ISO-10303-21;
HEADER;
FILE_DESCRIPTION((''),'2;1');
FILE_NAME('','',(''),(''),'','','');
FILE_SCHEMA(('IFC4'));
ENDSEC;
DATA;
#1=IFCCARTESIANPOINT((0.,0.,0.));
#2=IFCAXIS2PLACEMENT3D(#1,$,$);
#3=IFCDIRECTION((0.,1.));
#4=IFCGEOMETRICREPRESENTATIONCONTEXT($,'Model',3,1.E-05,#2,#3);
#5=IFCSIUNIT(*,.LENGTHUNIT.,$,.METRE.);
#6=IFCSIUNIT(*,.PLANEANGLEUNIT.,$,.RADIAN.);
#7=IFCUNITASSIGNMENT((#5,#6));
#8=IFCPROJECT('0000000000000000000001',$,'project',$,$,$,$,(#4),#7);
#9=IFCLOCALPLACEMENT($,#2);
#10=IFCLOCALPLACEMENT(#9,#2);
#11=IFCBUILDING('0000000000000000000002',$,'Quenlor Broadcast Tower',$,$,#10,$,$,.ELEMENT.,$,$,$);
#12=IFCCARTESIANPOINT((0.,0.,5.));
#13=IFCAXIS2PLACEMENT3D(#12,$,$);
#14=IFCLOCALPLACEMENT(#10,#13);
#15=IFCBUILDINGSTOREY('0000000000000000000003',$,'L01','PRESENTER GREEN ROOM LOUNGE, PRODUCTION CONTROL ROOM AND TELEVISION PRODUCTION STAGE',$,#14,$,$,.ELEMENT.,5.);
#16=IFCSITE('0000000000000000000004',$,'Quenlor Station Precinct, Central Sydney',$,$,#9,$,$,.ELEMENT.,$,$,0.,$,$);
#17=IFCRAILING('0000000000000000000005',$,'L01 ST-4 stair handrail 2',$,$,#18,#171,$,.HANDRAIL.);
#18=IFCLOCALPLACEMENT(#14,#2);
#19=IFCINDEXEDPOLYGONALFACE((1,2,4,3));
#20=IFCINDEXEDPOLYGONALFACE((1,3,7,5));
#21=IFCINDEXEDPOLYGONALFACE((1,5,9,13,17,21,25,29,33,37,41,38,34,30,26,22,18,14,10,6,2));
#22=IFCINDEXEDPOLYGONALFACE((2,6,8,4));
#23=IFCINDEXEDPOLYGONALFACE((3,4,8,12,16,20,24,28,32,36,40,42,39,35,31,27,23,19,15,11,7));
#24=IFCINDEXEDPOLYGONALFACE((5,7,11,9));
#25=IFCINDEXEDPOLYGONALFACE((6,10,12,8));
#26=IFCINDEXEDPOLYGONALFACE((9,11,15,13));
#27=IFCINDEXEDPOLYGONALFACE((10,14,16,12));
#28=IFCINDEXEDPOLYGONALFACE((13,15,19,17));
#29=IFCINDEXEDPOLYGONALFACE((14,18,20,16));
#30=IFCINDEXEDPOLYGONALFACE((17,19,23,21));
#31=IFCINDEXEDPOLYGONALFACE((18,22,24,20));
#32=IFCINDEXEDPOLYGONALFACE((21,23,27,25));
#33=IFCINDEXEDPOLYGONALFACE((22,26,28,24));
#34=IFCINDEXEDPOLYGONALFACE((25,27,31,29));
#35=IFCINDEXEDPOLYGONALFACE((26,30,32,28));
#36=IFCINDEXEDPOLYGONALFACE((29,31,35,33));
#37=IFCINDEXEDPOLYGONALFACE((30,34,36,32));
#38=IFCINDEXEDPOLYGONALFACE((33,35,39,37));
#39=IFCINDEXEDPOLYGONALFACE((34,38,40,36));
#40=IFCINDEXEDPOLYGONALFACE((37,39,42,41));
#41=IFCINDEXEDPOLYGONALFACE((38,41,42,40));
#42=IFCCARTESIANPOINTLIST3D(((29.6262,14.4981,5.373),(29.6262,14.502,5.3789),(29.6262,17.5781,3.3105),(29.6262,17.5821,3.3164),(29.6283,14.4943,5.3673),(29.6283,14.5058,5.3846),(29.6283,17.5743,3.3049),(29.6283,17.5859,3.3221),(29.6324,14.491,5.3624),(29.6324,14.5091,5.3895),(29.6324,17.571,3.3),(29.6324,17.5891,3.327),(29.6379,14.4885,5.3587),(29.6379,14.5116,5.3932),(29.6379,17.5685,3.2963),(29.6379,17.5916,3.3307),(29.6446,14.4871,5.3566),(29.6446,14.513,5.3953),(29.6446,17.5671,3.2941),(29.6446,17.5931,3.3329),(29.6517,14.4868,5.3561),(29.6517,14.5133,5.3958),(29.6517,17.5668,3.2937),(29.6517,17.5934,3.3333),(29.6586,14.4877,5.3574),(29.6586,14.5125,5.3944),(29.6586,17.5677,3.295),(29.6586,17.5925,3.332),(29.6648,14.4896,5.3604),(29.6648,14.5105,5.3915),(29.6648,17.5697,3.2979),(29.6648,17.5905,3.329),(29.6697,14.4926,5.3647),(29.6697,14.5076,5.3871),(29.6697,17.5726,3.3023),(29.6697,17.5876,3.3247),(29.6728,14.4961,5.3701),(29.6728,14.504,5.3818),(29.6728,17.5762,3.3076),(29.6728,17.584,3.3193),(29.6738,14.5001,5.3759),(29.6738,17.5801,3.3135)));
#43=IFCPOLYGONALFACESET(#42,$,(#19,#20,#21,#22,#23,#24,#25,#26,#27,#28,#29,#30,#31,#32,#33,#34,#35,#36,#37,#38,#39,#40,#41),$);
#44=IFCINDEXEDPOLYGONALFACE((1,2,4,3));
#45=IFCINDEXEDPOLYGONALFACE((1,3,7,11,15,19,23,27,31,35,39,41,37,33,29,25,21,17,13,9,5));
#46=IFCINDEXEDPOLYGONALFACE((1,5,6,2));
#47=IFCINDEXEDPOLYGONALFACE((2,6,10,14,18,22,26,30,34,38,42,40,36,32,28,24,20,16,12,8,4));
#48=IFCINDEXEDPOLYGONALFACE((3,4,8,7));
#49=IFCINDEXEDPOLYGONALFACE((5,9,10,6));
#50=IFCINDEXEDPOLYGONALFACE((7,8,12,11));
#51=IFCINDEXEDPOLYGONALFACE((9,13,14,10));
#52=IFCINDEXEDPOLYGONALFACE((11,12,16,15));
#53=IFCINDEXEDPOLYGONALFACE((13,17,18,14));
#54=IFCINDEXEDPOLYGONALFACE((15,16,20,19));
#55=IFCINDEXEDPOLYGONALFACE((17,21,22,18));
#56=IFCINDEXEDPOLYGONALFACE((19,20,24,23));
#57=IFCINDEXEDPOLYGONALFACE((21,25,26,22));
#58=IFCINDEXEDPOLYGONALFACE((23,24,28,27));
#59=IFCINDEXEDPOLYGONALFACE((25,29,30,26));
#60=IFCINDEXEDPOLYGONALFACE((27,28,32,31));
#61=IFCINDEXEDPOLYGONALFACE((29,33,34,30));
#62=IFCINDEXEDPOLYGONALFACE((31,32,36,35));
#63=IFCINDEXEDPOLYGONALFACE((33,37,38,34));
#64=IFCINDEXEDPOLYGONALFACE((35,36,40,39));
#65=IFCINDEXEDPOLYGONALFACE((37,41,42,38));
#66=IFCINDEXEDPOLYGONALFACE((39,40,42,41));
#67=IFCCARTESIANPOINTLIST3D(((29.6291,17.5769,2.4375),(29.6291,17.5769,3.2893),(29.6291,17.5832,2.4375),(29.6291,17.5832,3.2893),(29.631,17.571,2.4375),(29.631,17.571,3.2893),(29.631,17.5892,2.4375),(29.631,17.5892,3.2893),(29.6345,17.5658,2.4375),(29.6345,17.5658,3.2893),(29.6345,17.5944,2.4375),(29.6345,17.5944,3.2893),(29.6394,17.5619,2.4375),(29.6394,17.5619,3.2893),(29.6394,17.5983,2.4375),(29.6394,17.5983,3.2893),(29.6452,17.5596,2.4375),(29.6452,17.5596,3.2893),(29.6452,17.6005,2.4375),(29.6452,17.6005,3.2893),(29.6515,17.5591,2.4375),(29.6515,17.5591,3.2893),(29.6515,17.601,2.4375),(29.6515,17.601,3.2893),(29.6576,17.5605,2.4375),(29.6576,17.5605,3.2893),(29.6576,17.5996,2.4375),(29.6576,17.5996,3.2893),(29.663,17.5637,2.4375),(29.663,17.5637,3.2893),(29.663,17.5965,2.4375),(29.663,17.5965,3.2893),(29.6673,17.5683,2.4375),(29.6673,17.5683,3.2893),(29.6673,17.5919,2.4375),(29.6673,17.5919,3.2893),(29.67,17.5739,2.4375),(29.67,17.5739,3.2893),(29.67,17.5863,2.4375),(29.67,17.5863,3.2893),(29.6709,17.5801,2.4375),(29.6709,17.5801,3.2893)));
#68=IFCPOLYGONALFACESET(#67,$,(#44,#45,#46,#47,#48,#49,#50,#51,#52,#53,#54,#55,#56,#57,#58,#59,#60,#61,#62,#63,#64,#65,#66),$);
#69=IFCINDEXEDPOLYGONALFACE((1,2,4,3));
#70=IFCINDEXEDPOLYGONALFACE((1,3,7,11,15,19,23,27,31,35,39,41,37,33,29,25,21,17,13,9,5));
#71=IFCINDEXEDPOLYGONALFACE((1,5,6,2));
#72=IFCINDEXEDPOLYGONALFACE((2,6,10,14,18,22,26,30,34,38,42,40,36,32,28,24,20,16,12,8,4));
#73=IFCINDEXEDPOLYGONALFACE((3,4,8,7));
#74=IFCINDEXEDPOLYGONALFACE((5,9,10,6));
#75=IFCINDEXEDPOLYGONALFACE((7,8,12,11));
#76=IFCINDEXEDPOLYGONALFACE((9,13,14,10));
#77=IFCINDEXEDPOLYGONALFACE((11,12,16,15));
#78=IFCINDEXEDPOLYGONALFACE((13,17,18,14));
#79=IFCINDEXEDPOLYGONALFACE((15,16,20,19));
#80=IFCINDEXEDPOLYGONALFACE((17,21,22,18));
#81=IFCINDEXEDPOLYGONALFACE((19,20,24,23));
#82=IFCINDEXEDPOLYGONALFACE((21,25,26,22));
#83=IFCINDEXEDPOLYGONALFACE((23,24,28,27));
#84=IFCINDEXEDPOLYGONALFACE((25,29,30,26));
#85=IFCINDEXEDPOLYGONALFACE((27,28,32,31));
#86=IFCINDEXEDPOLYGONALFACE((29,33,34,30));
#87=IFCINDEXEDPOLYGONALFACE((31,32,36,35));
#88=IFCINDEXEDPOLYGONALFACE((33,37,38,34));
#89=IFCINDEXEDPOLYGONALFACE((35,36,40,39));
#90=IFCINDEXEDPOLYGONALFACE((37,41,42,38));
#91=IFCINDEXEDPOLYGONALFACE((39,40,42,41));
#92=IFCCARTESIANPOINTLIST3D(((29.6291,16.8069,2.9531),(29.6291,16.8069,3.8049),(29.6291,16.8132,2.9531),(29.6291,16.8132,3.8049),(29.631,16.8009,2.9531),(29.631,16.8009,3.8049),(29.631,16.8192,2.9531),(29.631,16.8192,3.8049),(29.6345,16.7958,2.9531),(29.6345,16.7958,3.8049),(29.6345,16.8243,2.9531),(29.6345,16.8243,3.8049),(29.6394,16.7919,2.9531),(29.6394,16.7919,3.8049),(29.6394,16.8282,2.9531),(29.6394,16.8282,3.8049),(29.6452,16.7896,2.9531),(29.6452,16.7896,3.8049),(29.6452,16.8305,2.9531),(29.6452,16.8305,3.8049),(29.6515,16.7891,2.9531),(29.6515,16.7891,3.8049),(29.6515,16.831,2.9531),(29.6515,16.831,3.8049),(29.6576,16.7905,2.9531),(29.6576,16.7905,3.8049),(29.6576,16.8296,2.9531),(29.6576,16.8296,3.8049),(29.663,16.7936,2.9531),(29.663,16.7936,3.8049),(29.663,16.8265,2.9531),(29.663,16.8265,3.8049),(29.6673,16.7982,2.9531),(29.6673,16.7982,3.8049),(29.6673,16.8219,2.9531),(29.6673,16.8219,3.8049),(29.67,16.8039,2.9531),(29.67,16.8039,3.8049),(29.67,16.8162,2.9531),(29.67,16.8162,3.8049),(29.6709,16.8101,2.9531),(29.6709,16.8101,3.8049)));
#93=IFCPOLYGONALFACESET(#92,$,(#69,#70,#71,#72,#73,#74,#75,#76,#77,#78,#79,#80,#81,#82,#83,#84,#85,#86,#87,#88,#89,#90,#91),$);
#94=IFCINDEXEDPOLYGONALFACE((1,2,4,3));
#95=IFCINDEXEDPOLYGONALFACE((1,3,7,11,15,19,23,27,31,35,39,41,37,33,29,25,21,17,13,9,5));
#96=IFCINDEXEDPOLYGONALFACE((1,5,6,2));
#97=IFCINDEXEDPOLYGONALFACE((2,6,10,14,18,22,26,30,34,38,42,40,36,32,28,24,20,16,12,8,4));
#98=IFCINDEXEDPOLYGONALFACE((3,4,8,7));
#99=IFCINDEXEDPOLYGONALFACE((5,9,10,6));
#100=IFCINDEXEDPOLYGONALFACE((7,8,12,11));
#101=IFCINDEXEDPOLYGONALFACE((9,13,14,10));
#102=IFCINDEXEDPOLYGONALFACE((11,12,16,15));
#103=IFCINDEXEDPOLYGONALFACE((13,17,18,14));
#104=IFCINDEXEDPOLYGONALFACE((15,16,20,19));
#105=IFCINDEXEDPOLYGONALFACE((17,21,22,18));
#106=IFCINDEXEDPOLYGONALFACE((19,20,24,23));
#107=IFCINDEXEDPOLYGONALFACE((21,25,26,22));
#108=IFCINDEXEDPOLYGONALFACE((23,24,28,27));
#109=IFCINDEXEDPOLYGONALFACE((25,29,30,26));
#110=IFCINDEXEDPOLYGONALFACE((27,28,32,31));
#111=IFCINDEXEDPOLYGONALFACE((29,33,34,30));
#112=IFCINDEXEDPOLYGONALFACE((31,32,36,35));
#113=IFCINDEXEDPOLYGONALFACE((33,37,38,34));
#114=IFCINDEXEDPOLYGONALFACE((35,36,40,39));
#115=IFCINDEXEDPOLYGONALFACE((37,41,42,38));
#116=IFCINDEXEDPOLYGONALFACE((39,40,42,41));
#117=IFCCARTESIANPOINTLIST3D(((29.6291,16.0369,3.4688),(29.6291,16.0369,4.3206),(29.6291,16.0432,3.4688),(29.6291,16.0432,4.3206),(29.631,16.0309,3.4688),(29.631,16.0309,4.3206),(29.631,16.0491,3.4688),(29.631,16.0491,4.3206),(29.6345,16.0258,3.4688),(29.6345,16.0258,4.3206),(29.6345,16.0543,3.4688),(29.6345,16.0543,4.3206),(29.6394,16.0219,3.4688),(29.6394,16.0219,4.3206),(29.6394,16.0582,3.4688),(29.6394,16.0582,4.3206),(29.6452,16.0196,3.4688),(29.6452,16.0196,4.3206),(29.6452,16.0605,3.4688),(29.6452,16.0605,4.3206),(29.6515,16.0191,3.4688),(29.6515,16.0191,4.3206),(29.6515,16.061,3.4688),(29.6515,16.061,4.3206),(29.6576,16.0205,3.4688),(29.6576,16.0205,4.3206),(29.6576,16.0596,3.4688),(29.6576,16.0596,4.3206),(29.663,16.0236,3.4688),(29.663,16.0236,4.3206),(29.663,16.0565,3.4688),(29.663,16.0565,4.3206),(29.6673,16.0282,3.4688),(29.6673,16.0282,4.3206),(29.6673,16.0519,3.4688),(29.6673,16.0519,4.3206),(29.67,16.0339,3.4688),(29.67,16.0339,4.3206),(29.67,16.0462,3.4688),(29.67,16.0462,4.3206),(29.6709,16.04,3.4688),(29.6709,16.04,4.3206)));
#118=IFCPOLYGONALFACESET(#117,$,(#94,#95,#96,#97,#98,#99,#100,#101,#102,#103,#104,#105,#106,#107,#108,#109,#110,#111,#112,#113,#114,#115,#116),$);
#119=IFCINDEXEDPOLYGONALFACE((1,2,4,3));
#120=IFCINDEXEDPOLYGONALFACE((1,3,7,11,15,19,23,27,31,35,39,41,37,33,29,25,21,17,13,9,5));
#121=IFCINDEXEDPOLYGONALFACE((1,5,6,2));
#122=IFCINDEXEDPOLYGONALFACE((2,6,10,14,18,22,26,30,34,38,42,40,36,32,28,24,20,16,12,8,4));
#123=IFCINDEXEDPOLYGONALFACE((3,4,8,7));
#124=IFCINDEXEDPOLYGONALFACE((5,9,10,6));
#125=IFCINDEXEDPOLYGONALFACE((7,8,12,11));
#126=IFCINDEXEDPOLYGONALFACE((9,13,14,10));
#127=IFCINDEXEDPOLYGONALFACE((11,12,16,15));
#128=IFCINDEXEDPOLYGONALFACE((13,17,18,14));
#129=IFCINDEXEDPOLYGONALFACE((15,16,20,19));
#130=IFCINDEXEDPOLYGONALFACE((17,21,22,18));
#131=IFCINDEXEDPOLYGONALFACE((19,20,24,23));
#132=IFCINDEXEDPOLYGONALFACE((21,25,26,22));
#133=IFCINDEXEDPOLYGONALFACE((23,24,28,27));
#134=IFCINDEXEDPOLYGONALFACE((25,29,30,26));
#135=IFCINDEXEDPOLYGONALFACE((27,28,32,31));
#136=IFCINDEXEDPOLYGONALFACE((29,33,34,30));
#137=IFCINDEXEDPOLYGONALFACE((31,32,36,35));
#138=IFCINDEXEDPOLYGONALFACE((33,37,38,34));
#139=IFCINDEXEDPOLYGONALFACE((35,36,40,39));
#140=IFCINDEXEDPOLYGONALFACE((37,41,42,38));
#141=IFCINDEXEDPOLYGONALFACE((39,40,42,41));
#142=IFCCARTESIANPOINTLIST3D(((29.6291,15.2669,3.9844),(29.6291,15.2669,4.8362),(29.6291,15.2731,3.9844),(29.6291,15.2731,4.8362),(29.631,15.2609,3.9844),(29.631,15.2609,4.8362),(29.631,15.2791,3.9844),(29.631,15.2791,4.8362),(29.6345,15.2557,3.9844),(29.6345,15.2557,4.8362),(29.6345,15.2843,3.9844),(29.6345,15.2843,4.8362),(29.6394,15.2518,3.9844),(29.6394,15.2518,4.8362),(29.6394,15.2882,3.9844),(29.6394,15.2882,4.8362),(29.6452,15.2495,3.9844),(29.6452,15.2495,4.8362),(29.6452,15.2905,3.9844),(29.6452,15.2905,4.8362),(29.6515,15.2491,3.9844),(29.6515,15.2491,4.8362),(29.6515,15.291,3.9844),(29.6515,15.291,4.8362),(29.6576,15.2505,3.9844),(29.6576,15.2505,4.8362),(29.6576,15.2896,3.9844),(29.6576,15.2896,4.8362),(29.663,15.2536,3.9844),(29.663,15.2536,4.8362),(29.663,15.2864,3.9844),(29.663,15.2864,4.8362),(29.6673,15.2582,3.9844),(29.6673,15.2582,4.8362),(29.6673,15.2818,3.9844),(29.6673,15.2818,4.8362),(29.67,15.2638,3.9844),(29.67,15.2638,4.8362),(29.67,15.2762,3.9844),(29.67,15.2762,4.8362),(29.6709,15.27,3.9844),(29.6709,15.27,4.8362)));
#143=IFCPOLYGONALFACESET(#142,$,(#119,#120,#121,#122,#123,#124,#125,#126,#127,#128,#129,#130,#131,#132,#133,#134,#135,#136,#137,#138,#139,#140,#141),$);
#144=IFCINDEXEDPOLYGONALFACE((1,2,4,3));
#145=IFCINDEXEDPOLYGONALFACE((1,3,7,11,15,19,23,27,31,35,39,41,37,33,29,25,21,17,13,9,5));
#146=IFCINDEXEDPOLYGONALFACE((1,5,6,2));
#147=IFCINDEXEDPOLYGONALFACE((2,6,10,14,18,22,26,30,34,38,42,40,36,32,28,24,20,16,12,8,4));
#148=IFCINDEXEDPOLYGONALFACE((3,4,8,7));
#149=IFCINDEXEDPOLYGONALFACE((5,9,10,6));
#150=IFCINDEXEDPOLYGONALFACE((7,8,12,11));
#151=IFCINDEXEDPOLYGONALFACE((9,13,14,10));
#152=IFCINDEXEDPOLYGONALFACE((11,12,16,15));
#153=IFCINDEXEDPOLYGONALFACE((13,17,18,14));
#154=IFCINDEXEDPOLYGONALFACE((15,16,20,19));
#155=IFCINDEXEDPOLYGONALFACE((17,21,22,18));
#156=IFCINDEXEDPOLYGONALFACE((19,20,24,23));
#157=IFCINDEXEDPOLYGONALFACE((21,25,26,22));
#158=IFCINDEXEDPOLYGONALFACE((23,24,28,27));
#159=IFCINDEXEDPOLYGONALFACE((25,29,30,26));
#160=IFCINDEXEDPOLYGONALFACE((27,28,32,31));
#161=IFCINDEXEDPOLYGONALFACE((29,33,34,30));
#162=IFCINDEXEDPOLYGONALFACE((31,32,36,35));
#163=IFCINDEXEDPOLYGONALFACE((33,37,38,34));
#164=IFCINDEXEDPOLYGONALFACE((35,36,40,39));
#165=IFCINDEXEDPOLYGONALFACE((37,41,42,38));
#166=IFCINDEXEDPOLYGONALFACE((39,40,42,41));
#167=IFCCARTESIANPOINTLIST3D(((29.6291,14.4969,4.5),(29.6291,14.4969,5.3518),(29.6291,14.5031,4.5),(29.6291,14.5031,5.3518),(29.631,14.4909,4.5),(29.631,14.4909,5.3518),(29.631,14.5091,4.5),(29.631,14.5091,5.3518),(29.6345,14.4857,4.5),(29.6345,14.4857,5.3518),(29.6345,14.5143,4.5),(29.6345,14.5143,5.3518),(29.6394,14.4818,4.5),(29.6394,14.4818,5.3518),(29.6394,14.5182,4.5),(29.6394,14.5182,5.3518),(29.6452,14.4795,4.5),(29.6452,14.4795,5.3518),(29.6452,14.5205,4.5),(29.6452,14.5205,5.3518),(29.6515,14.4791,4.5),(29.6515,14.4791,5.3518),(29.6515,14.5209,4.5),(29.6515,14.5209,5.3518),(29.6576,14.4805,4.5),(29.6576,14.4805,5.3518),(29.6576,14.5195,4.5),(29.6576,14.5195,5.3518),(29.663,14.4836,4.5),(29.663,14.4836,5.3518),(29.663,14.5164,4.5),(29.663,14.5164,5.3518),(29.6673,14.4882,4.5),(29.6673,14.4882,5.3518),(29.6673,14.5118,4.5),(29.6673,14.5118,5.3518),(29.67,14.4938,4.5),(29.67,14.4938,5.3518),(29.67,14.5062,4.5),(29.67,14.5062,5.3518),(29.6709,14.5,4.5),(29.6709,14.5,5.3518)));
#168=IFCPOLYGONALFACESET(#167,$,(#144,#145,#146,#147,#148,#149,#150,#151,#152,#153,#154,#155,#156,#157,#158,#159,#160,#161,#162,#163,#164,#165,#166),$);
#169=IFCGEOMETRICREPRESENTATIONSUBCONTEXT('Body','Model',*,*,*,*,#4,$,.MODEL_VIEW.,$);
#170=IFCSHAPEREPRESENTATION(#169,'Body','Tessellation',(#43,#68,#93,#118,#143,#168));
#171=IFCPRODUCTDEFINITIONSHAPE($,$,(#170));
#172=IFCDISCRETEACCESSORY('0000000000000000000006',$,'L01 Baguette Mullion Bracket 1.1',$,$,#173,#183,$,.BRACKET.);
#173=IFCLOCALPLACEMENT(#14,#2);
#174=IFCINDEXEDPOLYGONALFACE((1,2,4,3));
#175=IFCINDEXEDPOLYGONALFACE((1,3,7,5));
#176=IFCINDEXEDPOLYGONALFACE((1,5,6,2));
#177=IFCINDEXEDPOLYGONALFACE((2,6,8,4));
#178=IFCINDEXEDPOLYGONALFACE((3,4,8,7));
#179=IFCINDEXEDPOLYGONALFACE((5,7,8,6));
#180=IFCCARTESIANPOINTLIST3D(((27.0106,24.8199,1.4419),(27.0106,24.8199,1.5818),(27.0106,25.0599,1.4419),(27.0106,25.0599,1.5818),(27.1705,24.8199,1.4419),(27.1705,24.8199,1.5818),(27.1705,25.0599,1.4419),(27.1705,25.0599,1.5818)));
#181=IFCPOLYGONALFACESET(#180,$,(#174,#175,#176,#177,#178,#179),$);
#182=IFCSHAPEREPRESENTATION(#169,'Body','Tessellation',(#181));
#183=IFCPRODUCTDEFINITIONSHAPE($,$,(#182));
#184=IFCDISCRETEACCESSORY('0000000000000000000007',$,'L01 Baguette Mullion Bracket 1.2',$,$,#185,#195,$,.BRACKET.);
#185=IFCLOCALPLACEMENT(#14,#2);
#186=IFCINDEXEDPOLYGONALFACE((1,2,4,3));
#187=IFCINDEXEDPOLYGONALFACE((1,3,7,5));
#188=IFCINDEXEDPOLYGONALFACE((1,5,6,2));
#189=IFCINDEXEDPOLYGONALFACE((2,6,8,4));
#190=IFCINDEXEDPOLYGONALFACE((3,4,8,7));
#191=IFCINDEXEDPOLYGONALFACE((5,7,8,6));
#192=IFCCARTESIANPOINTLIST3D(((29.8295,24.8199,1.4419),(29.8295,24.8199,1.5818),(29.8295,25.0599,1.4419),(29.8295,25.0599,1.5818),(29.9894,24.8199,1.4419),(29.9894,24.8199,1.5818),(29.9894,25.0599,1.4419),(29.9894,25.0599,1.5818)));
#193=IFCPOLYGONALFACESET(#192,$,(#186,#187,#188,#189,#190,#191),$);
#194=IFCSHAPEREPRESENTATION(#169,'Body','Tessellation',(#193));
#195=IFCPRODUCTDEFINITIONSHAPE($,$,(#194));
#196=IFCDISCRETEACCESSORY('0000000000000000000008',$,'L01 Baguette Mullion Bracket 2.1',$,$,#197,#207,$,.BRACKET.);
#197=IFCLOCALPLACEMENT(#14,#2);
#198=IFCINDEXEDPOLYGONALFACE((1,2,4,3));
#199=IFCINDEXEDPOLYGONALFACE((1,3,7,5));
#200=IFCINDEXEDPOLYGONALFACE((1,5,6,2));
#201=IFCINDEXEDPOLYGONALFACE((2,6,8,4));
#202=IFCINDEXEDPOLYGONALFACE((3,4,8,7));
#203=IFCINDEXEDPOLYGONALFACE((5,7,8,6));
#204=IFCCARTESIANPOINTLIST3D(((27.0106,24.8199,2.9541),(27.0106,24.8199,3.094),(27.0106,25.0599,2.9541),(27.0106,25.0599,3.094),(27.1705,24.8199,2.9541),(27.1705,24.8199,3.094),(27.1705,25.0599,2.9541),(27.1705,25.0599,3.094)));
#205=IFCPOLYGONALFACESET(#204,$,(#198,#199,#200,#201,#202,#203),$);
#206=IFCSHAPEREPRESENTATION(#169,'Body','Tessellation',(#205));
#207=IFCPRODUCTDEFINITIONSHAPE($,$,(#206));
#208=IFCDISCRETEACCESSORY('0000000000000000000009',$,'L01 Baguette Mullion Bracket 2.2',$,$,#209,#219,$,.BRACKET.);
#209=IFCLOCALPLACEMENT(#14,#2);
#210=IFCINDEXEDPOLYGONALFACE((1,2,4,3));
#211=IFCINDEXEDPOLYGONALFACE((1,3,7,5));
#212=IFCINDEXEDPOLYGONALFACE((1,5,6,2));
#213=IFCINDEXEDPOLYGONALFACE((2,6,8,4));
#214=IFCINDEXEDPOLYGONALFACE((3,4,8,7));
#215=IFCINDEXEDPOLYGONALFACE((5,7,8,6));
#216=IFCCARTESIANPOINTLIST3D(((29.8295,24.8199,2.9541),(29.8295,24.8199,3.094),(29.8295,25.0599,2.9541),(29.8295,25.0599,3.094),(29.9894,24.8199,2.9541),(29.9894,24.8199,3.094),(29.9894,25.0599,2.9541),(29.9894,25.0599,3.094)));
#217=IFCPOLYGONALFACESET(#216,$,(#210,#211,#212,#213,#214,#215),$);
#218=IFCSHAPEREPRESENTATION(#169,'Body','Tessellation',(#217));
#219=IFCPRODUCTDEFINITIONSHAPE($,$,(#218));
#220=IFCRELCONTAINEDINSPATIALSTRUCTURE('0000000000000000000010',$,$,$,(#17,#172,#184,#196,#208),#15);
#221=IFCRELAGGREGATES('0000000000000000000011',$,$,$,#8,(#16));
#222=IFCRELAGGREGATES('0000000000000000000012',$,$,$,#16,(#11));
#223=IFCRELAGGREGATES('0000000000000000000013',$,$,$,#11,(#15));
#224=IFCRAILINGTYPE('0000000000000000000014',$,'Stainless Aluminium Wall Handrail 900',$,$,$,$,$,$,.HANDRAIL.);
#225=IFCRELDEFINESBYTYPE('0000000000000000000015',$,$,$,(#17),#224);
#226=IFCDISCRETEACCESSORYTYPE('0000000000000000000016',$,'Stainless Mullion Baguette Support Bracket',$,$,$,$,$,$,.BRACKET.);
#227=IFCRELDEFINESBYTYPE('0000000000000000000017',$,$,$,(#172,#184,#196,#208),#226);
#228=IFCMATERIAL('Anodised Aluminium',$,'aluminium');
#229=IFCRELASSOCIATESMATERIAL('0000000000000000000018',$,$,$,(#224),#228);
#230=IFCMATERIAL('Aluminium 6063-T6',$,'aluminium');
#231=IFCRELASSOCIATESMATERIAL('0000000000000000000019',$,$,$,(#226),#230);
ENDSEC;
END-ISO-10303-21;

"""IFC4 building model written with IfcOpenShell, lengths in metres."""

from ifc_helpers import new_model, si_unit, direction, frame, origin, origin_2d, place, context, subcontext, project, spatial, rectangle, circle, extrude, material, type_object, element, save


model = new_model("IFC4")

# Units and contexts
model_context = context("Model", 3, precision=1e-05, world=origin(), true_north=direction((0.0, 1.0)))
body_context = subcontext(model_context, "Body", "Model", "MODEL_VIEW")
ifc_project = project(units=[si_unit("LENGTHUNIT", "METRE"), si_unit("PLANEANGLEUNIT", "RADIAN")], contexts=[model_context])

# Site, building, storey
site_placement = place(None, origin())
site = spatial("IfcSite", under=ifc_project, at=site_placement, Name="Quenlor Station Precinct, Central Sydney", CompositionType="ELEMENT", RefElevation=0.0)
building_placement = place(site_placement, origin())
building = spatial("IfcBuilding", under=site, at=building_placement, Name="Quenlor Broadcast Tower", CompositionType="ELEMENT")
storey_placement = place(building_placement, frame((0.0, 0.0, 5.0)))
storey = spatial("IfcBuildingStorey", under=building, at=storey_placement, Name="L01", Description="PRESENTER GREEN ROOM LOUNGE, PRODUCTION CONTROL ROOM AND TELEVISION PRODUCTION STAGE", CompositionType="ELEMENT", Elevation=5.0)

# Railing
ifc_material_1 = material(Name="Anodised Aluminium", Category="aluminium")
railing_type = type_object("IfcRailingType", Name="Stainless Aluminium Wall Handrail 900", PredefinedType="HANDRAIL", material=ifc_material_1)
railing_placement = place(storey_placement, frame((29.6499, 17.5801, 2.4375)))
element("IfcRailing", 1, at=railing_placement, inside=storey, type_object=railing_type, Name="L01 ST-4 stair handrail 2", PredefinedType="HANDRAIL", context=body_context, shape_type="SweptSolid", body=[
    extrude(circle(Radius=0.0239, at=origin_2d()), frame((0.0, 0.0, 0.876), z_axis=(0.0, -0.830914, 0.556401), x_axis=(1.0, 0.0, 0.0)), (0.0, 0.0, 1.0), 3.7068),
    extrude(circle(Radius=0.021, at=origin_2d()), origin(), (0.0, 0.0, 1.0), 0.8518),
    extrude(circle(Radius=0.021, at=origin_2d()), frame((0.0, -0.77, 0.5156)), (0.0, 0.0, 1.0), 0.8518),
    extrude(circle(Radius=0.021, at=origin_2d()), frame((0.0, -1.54, 1.0312)), (0.0, 0.0, 1.0), 0.8518),
    extrude(circle(Radius=0.021, at=origin_2d()), frame((0.0, -2.3101, 1.5469)), (0.0, 0.0, 1.0), 0.8518),
    extrude(circle(Radius=0.021, at=origin_2d()), frame((0.0, -3.0801, 2.0625)), (0.0, 0.0, 1.0), 0.8518),
])

# Discrete accessories
ifc_material_2 = material(Name="Aluminium 6063-T6", Category="aluminium")
discrete_accessory_type = type_object("IfcDiscreteAccessoryType", Name="Stainless Mullion Baguette Support Bracket", PredefinedType="BRACKET", material=ifc_material_2)
for number, where, z_axis, x_axis, name in (
    (2, (27.0906, 24.9399, 1.4419), (0.0, 0.0, 1.0), (1.0, 0.0, 0.0), "L01 Baguette Mullion Bracket 1.1"),
    (3, (29.9094, 24.9399, 1.4419), (0.0, 0.0, 1.0), (1.0, 0.0, 0.0), "L01 Baguette Mullion Bracket 1.2"),
    (4, (27.0906, 24.9399, 2.9541), (0.0, 0.0, 1.0), (1.0, 0.0, 0.0), "L01 Baguette Mullion Bracket 2.1"),
    (5, (29.9094, 24.9399, 2.9541), (0.0, 0.0, 1.0), (1.0, 0.0, 0.0), "L01 Baguette Mullion Bracket 2.2"),
):
    element("IfcDiscreteAccessory", number, at=place(storey_placement, frame(where, z_axis=z_axis, x_axis=x_axis)), inside=storey, type_object=discrete_accessory_type, Name=name, PredefinedType="BRACKET", context=body_context, shape_type="SweptSolid", body=[
        extrude(rectangle(XDim=0.1599, YDim=0.24, at=origin_2d()), origin(), (0.0, 0.0, 1.0), 0.1399),
    ])

save(model, "model.ifc")
